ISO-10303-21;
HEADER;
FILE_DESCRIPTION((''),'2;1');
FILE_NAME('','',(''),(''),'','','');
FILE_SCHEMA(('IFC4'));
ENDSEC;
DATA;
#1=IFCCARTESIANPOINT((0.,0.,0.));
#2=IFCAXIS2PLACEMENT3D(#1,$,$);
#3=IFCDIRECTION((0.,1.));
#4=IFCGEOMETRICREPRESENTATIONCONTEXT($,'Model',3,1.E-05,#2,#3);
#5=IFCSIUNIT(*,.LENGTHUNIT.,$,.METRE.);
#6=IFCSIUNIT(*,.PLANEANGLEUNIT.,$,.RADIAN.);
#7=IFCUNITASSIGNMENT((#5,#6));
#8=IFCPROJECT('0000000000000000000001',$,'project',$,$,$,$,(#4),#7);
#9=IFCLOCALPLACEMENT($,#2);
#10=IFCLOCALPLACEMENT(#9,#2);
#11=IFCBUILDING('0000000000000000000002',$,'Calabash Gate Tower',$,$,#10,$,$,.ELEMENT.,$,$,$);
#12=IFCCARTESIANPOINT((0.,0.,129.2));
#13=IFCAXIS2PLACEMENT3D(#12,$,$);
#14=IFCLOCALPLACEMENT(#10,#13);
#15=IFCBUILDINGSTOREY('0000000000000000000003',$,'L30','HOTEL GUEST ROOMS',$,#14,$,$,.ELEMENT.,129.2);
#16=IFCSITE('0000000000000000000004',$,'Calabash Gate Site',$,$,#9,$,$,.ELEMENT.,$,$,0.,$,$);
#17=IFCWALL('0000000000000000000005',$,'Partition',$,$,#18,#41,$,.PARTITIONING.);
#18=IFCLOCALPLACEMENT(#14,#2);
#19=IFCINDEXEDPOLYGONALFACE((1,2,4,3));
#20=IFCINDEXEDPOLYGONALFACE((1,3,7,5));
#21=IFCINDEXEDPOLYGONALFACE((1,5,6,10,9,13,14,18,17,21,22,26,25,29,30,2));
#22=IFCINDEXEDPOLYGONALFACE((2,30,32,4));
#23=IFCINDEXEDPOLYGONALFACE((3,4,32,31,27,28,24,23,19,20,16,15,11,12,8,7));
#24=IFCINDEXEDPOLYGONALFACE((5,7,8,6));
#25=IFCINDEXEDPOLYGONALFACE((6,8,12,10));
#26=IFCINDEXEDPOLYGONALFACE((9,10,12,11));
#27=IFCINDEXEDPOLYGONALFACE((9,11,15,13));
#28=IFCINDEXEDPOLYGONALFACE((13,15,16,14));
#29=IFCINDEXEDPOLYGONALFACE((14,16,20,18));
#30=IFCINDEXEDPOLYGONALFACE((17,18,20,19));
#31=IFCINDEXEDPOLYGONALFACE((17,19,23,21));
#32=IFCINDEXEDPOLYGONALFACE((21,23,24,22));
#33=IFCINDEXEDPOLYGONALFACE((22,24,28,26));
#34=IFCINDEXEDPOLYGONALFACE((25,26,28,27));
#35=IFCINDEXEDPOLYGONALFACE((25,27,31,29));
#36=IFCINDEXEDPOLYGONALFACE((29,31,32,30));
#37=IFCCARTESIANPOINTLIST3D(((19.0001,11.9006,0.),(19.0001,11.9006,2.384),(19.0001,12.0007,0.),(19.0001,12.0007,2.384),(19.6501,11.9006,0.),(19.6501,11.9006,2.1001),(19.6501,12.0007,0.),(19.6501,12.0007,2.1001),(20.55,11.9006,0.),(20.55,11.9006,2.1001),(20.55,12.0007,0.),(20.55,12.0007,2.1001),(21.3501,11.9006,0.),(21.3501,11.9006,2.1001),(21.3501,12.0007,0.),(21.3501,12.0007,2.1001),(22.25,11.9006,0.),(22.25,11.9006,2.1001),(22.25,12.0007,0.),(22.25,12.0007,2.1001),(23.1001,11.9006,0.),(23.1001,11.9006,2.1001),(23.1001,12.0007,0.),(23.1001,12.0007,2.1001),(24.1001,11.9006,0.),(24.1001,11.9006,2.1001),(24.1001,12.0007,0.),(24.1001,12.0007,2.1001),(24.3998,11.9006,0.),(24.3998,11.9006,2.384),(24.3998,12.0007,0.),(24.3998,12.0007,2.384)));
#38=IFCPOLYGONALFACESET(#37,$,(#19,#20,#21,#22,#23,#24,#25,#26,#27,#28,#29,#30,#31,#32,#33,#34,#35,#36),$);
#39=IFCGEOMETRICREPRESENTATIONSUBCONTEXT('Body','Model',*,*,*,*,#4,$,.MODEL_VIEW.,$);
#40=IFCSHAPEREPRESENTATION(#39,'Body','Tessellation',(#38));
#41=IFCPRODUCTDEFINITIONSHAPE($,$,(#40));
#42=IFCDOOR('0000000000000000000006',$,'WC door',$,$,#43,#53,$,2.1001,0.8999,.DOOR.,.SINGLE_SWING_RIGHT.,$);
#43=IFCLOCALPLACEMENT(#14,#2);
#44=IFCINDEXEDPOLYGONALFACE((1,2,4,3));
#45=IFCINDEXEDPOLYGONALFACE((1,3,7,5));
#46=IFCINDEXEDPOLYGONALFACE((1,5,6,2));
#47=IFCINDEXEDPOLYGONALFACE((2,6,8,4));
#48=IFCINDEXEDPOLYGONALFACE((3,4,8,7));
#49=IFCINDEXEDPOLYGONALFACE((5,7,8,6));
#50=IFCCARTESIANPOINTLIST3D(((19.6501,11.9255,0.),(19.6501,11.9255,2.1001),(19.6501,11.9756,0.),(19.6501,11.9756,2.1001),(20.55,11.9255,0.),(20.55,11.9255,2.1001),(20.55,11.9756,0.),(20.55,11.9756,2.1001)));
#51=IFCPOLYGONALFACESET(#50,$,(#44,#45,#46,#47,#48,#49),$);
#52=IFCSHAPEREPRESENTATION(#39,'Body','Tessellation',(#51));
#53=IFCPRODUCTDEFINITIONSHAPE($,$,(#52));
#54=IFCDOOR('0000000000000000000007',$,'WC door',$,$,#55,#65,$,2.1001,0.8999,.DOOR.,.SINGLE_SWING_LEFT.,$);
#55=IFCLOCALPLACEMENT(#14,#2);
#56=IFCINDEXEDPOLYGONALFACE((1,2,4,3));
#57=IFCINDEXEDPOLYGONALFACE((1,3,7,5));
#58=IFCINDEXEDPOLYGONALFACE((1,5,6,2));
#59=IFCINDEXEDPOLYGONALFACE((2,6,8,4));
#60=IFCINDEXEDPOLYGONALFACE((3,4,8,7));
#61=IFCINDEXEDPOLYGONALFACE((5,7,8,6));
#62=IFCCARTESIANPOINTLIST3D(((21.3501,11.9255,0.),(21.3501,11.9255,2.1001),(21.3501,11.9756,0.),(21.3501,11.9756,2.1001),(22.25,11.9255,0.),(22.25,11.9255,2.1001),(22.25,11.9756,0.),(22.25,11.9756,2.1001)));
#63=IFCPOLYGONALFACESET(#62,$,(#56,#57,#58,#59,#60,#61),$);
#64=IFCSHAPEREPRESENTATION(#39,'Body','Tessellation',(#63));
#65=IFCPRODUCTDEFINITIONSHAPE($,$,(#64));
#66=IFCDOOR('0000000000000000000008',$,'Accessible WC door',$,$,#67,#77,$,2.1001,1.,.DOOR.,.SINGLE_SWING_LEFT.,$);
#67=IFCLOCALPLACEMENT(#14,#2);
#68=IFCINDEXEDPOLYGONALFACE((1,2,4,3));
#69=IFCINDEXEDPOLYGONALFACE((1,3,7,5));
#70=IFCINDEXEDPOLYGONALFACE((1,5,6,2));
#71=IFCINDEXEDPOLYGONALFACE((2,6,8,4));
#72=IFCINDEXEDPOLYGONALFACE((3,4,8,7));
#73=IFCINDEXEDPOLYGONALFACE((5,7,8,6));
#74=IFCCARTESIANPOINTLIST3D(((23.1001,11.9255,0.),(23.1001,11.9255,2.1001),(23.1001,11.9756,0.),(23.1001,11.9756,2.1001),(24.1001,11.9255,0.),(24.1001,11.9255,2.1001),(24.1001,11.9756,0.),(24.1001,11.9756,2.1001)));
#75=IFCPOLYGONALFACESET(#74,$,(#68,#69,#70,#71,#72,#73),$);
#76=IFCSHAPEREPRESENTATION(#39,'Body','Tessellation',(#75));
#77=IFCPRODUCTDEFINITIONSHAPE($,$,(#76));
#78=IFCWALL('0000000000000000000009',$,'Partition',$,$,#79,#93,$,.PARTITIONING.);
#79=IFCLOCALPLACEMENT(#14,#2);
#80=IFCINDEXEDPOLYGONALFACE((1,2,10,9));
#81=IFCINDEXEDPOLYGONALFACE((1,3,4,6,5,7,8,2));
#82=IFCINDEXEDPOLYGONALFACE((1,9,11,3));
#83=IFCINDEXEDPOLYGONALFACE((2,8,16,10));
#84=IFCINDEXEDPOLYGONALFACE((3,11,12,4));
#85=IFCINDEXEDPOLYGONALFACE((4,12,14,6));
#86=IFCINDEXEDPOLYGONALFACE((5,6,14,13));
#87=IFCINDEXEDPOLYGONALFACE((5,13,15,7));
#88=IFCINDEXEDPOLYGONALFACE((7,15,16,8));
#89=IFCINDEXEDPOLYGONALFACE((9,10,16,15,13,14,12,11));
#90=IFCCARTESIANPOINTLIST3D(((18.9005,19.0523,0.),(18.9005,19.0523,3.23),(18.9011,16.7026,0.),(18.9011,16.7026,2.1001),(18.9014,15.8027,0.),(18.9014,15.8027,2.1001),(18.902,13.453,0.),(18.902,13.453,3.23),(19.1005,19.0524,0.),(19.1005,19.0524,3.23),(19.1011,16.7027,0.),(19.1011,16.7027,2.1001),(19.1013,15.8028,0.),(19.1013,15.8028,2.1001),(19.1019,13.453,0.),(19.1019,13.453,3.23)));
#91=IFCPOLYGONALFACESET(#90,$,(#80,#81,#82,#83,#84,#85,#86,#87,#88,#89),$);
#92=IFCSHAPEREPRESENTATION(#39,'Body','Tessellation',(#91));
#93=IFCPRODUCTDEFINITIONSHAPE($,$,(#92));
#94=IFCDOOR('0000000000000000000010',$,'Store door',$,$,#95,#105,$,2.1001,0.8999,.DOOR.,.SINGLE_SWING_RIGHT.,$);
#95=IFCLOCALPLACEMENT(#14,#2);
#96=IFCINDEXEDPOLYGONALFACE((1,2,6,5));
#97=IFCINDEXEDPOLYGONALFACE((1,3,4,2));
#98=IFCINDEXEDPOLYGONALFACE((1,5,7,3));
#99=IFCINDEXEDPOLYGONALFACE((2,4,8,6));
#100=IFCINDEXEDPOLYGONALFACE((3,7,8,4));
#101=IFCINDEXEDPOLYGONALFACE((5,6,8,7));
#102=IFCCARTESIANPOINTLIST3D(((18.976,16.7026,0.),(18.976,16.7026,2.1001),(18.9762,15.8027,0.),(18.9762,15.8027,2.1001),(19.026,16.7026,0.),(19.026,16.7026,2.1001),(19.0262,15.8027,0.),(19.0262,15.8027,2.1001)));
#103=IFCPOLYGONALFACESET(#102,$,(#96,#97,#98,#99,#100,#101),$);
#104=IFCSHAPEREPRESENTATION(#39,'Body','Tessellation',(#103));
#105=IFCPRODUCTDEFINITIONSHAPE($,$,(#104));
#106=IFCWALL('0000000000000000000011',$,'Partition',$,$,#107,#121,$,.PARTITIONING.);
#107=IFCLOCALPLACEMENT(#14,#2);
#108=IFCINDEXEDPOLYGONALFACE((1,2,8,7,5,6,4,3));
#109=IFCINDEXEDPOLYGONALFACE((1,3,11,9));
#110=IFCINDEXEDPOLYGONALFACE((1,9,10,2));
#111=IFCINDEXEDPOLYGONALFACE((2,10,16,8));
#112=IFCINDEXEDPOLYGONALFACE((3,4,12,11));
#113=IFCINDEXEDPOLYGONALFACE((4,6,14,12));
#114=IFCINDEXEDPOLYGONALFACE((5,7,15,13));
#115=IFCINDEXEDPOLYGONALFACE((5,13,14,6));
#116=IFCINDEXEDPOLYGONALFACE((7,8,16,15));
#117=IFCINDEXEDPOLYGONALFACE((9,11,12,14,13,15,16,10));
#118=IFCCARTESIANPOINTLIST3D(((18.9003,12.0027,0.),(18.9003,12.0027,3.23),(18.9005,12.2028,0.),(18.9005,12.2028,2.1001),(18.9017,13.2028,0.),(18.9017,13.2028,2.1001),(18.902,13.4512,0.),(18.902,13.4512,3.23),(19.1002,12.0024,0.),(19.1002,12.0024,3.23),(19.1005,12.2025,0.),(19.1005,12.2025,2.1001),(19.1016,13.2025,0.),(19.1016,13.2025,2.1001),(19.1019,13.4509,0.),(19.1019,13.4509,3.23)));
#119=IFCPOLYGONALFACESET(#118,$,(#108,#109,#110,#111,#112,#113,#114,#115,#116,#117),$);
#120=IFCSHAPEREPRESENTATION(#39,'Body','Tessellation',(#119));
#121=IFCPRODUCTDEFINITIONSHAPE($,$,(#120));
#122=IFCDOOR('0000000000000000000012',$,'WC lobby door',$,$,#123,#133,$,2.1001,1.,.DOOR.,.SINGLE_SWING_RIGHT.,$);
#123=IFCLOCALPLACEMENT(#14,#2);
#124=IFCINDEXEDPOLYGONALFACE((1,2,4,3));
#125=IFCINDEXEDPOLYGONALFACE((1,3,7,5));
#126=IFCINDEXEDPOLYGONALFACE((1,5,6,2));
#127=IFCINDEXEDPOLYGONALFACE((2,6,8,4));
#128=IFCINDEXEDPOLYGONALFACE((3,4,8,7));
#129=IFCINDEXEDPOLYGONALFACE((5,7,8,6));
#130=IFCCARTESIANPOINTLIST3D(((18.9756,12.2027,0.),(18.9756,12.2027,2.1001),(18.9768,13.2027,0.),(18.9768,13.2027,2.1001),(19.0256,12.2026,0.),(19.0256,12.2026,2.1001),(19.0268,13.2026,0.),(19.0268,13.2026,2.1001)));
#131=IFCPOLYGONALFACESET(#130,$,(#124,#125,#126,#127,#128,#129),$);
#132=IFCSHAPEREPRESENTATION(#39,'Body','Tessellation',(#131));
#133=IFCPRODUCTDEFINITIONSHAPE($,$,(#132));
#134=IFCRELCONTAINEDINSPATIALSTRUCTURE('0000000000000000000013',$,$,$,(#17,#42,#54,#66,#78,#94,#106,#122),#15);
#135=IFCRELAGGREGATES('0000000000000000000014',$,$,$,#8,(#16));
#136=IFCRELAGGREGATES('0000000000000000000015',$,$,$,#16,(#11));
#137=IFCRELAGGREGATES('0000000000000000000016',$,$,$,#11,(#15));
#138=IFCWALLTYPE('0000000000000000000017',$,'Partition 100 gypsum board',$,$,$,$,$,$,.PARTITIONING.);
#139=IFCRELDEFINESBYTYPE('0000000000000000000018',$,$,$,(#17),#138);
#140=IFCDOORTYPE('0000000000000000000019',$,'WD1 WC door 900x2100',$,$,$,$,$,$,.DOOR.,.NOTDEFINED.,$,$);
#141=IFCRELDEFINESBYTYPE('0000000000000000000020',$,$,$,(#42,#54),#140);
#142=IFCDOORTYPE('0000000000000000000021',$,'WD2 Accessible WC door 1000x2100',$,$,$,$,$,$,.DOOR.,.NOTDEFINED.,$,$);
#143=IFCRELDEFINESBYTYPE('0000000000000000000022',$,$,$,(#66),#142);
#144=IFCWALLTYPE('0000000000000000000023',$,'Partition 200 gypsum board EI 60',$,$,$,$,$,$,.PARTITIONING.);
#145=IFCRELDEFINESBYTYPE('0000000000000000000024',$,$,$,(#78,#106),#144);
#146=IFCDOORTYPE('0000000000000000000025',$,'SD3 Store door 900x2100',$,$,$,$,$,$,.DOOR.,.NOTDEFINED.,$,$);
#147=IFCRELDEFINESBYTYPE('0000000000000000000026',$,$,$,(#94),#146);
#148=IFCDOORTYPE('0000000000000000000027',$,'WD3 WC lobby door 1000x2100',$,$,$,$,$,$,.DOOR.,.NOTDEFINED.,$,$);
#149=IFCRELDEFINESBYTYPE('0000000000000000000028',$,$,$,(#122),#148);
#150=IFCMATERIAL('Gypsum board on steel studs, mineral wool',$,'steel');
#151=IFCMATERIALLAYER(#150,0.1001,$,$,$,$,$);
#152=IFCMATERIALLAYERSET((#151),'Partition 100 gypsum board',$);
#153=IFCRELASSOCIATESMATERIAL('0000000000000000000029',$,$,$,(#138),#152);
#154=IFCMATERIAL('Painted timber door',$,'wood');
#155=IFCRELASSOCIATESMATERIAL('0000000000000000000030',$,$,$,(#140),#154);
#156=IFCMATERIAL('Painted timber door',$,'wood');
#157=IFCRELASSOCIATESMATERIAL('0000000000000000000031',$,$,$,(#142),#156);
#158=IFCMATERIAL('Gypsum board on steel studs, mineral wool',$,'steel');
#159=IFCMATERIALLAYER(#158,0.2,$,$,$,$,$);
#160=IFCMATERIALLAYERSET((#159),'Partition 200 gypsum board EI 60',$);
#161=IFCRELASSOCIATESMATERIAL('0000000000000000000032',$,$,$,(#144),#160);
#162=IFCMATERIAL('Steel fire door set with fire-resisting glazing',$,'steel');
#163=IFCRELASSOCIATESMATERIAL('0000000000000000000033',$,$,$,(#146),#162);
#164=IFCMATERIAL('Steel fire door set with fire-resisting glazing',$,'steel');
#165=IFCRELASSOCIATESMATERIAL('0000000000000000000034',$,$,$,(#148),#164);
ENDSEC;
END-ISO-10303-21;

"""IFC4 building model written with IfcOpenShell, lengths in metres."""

from ifc_helpers import new_model, si_unit, direction, frame, frame_2d, origin, place, context, subcontext, project, spatial, rectangle, extrude, material, layer, layer_set, type_object, element, fill, save


model = new_model("IFC4")

# Units and contexts
model_context = context("Model", 3, precision=1e-05, world=origin(), true_north=direction((0.0, 1.0)))
body_context = subcontext(model_context, "Body", "Model", "MODEL_VIEW")
ifc_project = project(units=[si_unit("LENGTHUNIT", "METRE"), si_unit("PLANEANGLEUNIT", "RADIAN")], contexts=[model_context])

# Site, building, storey
site_placement = place(None, origin())
site = spatial("IfcSite", under=ifc_project, at=site_placement, Name="Calabash Gate Site", CompositionType="ELEMENT", RefElevation=0.0)
building_placement = place(site_placement, origin())
building = spatial("IfcBuilding", under=site, at=building_placement, Name="Calabash Gate Tower", CompositionType="ELEMENT")
storey_placement = place(building_placement, frame((0.0, 0.0, 129.2)))
storey = spatial("IfcBuildingStorey", under=building, at=storey_placement, Name="L30", Description="HOTEL GUEST ROOMS", CompositionType="ELEMENT", Elevation=129.2)

# Wall, openings, doors
ifc_material_1 = material(Name="Gypsum board on steel studs, mineral wool", Category="steel")
ifc_layer_1 = layer(ifc_material_1, 0.1001)
ifc_layer_set_1 = layer_set([ifc_layer_1], Name="Partition 100 gypsum board")
wall_type_1 = type_object("IfcWallType", Name="Partition 100 gypsum board", PredefinedType="PARTITIONING", material=ifc_layer_set_1)
wall_1_placement = place(storey_placement, frame((19.0002, 11.9507, 0.0), z_axis=(0.0, 0.0, 1.0), x_axis=(1.0, 0.0, 0.0)))
wall_1 = element("IfcWall", 1, at=wall_1_placement, inside=storey, type_object=wall_type_1, Name="Partition", PredefinedType="PARTITIONING", context=body_context, shape_type="SweptSolid", body=[
    extrude(rectangle(XDim=5.3997, YDim=0.1001, at=frame_2d((2.6997, 0.0))), origin(), (0.0, 0.0, 1.0), 2.384),
])
opening_1_placement = place(wall_1_placement, frame((0.6499, 0.0, 0.0)))
opening_1 = element("IfcOpeningElement", 2, at=opening_1_placement, cuts=wall_1, PredefinedType="OPENING", context=body_context, shape_type="SweptSolid", body=[
    extrude(rectangle(XDim=0.8999, YDim=2.1001, at=frame_2d((0.45, 1.05))), frame((0.0, 0.0601, 0.0), z_axis=(0.0, -1.0, 0.0), x_axis=(1.0, 0.0, 0.0)), (0.0, 0.0, 1.0), 0.1201),
])
opening_2_placement = place(wall_1_placement, frame((2.3499, 0.0, 0.0)))
opening_2 = element("IfcOpeningElement", 3, at=opening_2_placement, cuts=wall_1, PredefinedType="OPENING", context=body_context, shape_type="SweptSolid", body=[
    extrude(rectangle(XDim=0.8999, YDim=2.1001, at=frame_2d((0.45, 1.05))), frame((0.0, 0.0601, 0.0), z_axis=(0.0, -1.0, 0.0), x_axis=(1.0, 0.0, 0.0)), (0.0, 0.0, 1.0), 0.1201),
])
opening_3_placement = place(wall_1_placement, frame((4.0999, 0.0, 0.0)))
opening_3 = element("IfcOpeningElement", 4, at=opening_3_placement, cuts=wall_1, PredefinedType="OPENING", context=body_context, shape_type="SweptSolid", body=[
    extrude(rectangle(XDim=1.0, YDim=2.1001, at=frame_2d((0.5, 1.05))), frame((0.0, 0.0601, 0.0), z_axis=(0.0, -1.0, 0.0), x_axis=(1.0, 0.0, 0.0)), (0.0, 0.0, 1.0), 0.1201),
])
ifc_material_2 = material(Name="Painted timber door", Category="wood")
door_type_1 = type_object("IfcDoorType", Name="WD1 WC door 900x2100", OperationType="NOTDEFINED", PredefinedType="DOOR", material=ifc_material_2)
door_1_placement = place(opening_1_placement, origin())
door_1 = element("IfcDoor", 5, at=door_1_placement, inside=storey, type_object=door_type_1, Name="WC door", OperationType="SINGLE_SWING_RIGHT", OverallHeight=2.1001, OverallWidth=0.8999, PredefinedType="DOOR", context=body_context, shape_type="SweptSolid", body=[
    extrude(rectangle(XDim=0.8999, YDim=2.1001, at=frame_2d((0.45, 1.05))), frame((0.0, 0.0249, 0.0), z_axis=(0.0, -1.0, 0.0), x_axis=(1.0, 0.0, 0.0)), (0.0, 0.0, 1.0), 0.05),
])
fill(opening_1, door_1)
door_2_placement = place(opening_2_placement, origin())
door_2 = element("IfcDoor", 6, at=door_2_placement, inside=storey, type_object=door_type_1, Name="WC door", OperationType="SINGLE_SWING_LEFT", OverallHeight=2.1001, OverallWidth=0.8999, PredefinedType="DOOR", context=body_context, shape_type="SweptSolid", body=[
    extrude(rectangle(XDim=0.8999, YDim=2.1001, at=frame_2d((0.45, 1.05))), frame((0.0, 0.0249, 0.0), z_axis=(0.0, -1.0, 0.0), x_axis=(1.0, 0.0, 0.0)), (0.0, 0.0, 1.0), 0.05),
])
fill(opening_2, door_2)
ifc_material_3 = material(Name="Painted timber door", Category="wood")
door_type_2 = type_object("IfcDoorType", Name="WD2 Accessible WC door 1000x2100", OperationType="NOTDEFINED", PredefinedType="DOOR", material=ifc_material_3)
door_3_placement = place(opening_3_placement, origin())
door_3 = element("IfcDoor", 7, at=door_3_placement, inside=storey, type_object=door_type_2, Name="Accessible WC door", OperationType="SINGLE_SWING_LEFT", OverallHeight=2.1001, OverallWidth=1.0, PredefinedType="DOOR", context=body_context, shape_type="SweptSolid", body=[
    extrude(rectangle(XDim=1.0, YDim=2.1001, at=frame_2d((0.5, 1.05))), frame((0.0, 0.0249, 0.0), z_axis=(0.0, -1.0, 0.0), x_axis=(1.0, 0.0, 0.0)), (0.0, 0.0, 1.0), 0.05),
])
fill(opening_3, door_3)

# Walls, openings, doors
ifc_material_4 = material(Name="Gypsum board on steel studs, mineral wool", Category="steel")
ifc_layer_2 = layer(ifc_material_4, 0.2)
ifc_layer_set_2 = layer_set([ifc_layer_2], Name="Partition 200 gypsum board EI 60")
wall_type_2 = type_object("IfcWallType", Name="Partition 200 gypsum board EI 60", PredefinedType="PARTITIONING", material=ifc_layer_set_2)
wall_2_placement = place(storey_placement, frame((19.0005, 19.0525, 0.0), z_axis=(0.0, 0.0, 1.0), x_axis=(0.000262, -1.0, 0.0)))
wall_2 = element("IfcWall", 8, at=wall_2_placement, inside=storey, type_object=wall_type_2, Name="Partition", PredefinedType="PARTITIONING", context=body_context, shape_type="SweptSolid", body=[
    extrude(rectangle(XDim=5.5994, YDim=0.2, at=frame_2d((2.7998, 0.0))), origin(), (0.0, 0.0, 1.0), 3.23),
])
opening_4_placement = place(wall_2_placement, frame((2.3499, 0.0, 0.0)))
opening_4 = element("IfcOpeningElement", 9, at=opening_4_placement, cuts=wall_2, PredefinedType="OPENING", context=body_context, shape_type="SweptSolid", body=[
    extrude(rectangle(XDim=0.8999, YDim=2.1001, at=frame_2d((0.45, 1.05))), frame((0.0, 0.1099, 0.0), z_axis=(0.0, -1.0, 0.0), x_axis=(1.0, 0.0, 0.0)), (0.0, 0.0, 1.0), 0.22),
])
ifc_material_5 = material(Name="Steel fire door set with fire-resisting glazing", Category="steel")
door_type_3 = type_object("IfcDoorType", Name="SD3 Store door 900x2100", OperationType="NOTDEFINED", PredefinedType="DOOR", material=ifc_material_5)
door_4_placement = place(opening_4_placement, origin())
door_4 = element("IfcDoor", 10, at=door_4_placement, inside=storey, type_object=door_type_3, Name="Store door", OperationType="SINGLE_SWING_RIGHT", OverallHeight=2.1001, OverallWidth=0.8999, PredefinedType="DOOR", context=body_context, shape_type="SweptSolid", body=[
    extrude(rectangle(XDim=0.8999, YDim=2.1001, at=frame_2d((0.45, 1.05))), frame((0.0, 0.0249, 0.0), z_axis=(0.0, -1.0, 0.0), x_axis=(1.0, 0.0, 0.0)), (0.0, 0.0, 1.0), 0.05),
])
fill(opening_4, door_4)
wall_3_placement = place(storey_placement, frame((19.0002, 12.0027, 0.0), z_axis=(0.0, 0.0, 1.0), x_axis=(0.00118, 0.999999, 0.0)))
wall_3 = element("IfcWall", 11, at=wall_3_placement, inside=storey, type_object=wall_type_2, Name="Partition", PredefinedType="PARTITIONING", context=body_context, shape_type="SweptSolid", body=[
    extrude(rectangle(XDim=1.4485, YDim=0.2, at=frame_2d((0.7241, 0.0))), origin(), (0.0, 0.0, 1.0), 3.23),
])
opening_5_placement = place(wall_3_placement, frame((0.2, 0.0, 0.0)))
opening_5 = element("IfcOpeningElement", 12, at=opening_5_placement, cuts=wall_3, PredefinedType="OPENING", context=body_context, shape_type="SweptSolid", body=[
    extrude(rectangle(XDim=1.0, YDim=2.1001, at=frame_2d((0.5, 1.05))), frame((0.0, 0.1099, 0.0), z_axis=(0.0, -1.0, 0.0), x_axis=(1.0, 0.0, 0.0)), (0.0, 0.0, 1.0), 0.22),
])
ifc_material_6 = material(Name="Steel fire door set with fire-resisting glazing", Category="steel")
door_type_4 = type_object("IfcDoorType", Name="WD3 WC lobby door 1000x2100", OperationType="NOTDEFINED", PredefinedType="DOOR", material=ifc_material_6)
door_5_placement = place(opening_5_placement, origin())
door_5 = element("IfcDoor", 13, at=door_5_placement, inside=storey, type_object=door_type_4, Name="WC lobby door", OperationType="SINGLE_SWING_RIGHT", OverallHeight=2.1001, OverallWidth=1.0, PredefinedType="DOOR", context=body_context, shape_type="SweptSolid", body=[
    extrude(rectangle(XDim=1.0, YDim=2.1001, at=frame_2d((0.5, 1.05))), frame((0.0, 0.0249, 0.0), z_axis=(0.0, -1.0, 0.0), x_axis=(1.0, 0.0, 0.0)), (0.0, 0.0, 1.0), 0.05),
])
fill(opening_5, door_5)

save(model, "model.ifc")
